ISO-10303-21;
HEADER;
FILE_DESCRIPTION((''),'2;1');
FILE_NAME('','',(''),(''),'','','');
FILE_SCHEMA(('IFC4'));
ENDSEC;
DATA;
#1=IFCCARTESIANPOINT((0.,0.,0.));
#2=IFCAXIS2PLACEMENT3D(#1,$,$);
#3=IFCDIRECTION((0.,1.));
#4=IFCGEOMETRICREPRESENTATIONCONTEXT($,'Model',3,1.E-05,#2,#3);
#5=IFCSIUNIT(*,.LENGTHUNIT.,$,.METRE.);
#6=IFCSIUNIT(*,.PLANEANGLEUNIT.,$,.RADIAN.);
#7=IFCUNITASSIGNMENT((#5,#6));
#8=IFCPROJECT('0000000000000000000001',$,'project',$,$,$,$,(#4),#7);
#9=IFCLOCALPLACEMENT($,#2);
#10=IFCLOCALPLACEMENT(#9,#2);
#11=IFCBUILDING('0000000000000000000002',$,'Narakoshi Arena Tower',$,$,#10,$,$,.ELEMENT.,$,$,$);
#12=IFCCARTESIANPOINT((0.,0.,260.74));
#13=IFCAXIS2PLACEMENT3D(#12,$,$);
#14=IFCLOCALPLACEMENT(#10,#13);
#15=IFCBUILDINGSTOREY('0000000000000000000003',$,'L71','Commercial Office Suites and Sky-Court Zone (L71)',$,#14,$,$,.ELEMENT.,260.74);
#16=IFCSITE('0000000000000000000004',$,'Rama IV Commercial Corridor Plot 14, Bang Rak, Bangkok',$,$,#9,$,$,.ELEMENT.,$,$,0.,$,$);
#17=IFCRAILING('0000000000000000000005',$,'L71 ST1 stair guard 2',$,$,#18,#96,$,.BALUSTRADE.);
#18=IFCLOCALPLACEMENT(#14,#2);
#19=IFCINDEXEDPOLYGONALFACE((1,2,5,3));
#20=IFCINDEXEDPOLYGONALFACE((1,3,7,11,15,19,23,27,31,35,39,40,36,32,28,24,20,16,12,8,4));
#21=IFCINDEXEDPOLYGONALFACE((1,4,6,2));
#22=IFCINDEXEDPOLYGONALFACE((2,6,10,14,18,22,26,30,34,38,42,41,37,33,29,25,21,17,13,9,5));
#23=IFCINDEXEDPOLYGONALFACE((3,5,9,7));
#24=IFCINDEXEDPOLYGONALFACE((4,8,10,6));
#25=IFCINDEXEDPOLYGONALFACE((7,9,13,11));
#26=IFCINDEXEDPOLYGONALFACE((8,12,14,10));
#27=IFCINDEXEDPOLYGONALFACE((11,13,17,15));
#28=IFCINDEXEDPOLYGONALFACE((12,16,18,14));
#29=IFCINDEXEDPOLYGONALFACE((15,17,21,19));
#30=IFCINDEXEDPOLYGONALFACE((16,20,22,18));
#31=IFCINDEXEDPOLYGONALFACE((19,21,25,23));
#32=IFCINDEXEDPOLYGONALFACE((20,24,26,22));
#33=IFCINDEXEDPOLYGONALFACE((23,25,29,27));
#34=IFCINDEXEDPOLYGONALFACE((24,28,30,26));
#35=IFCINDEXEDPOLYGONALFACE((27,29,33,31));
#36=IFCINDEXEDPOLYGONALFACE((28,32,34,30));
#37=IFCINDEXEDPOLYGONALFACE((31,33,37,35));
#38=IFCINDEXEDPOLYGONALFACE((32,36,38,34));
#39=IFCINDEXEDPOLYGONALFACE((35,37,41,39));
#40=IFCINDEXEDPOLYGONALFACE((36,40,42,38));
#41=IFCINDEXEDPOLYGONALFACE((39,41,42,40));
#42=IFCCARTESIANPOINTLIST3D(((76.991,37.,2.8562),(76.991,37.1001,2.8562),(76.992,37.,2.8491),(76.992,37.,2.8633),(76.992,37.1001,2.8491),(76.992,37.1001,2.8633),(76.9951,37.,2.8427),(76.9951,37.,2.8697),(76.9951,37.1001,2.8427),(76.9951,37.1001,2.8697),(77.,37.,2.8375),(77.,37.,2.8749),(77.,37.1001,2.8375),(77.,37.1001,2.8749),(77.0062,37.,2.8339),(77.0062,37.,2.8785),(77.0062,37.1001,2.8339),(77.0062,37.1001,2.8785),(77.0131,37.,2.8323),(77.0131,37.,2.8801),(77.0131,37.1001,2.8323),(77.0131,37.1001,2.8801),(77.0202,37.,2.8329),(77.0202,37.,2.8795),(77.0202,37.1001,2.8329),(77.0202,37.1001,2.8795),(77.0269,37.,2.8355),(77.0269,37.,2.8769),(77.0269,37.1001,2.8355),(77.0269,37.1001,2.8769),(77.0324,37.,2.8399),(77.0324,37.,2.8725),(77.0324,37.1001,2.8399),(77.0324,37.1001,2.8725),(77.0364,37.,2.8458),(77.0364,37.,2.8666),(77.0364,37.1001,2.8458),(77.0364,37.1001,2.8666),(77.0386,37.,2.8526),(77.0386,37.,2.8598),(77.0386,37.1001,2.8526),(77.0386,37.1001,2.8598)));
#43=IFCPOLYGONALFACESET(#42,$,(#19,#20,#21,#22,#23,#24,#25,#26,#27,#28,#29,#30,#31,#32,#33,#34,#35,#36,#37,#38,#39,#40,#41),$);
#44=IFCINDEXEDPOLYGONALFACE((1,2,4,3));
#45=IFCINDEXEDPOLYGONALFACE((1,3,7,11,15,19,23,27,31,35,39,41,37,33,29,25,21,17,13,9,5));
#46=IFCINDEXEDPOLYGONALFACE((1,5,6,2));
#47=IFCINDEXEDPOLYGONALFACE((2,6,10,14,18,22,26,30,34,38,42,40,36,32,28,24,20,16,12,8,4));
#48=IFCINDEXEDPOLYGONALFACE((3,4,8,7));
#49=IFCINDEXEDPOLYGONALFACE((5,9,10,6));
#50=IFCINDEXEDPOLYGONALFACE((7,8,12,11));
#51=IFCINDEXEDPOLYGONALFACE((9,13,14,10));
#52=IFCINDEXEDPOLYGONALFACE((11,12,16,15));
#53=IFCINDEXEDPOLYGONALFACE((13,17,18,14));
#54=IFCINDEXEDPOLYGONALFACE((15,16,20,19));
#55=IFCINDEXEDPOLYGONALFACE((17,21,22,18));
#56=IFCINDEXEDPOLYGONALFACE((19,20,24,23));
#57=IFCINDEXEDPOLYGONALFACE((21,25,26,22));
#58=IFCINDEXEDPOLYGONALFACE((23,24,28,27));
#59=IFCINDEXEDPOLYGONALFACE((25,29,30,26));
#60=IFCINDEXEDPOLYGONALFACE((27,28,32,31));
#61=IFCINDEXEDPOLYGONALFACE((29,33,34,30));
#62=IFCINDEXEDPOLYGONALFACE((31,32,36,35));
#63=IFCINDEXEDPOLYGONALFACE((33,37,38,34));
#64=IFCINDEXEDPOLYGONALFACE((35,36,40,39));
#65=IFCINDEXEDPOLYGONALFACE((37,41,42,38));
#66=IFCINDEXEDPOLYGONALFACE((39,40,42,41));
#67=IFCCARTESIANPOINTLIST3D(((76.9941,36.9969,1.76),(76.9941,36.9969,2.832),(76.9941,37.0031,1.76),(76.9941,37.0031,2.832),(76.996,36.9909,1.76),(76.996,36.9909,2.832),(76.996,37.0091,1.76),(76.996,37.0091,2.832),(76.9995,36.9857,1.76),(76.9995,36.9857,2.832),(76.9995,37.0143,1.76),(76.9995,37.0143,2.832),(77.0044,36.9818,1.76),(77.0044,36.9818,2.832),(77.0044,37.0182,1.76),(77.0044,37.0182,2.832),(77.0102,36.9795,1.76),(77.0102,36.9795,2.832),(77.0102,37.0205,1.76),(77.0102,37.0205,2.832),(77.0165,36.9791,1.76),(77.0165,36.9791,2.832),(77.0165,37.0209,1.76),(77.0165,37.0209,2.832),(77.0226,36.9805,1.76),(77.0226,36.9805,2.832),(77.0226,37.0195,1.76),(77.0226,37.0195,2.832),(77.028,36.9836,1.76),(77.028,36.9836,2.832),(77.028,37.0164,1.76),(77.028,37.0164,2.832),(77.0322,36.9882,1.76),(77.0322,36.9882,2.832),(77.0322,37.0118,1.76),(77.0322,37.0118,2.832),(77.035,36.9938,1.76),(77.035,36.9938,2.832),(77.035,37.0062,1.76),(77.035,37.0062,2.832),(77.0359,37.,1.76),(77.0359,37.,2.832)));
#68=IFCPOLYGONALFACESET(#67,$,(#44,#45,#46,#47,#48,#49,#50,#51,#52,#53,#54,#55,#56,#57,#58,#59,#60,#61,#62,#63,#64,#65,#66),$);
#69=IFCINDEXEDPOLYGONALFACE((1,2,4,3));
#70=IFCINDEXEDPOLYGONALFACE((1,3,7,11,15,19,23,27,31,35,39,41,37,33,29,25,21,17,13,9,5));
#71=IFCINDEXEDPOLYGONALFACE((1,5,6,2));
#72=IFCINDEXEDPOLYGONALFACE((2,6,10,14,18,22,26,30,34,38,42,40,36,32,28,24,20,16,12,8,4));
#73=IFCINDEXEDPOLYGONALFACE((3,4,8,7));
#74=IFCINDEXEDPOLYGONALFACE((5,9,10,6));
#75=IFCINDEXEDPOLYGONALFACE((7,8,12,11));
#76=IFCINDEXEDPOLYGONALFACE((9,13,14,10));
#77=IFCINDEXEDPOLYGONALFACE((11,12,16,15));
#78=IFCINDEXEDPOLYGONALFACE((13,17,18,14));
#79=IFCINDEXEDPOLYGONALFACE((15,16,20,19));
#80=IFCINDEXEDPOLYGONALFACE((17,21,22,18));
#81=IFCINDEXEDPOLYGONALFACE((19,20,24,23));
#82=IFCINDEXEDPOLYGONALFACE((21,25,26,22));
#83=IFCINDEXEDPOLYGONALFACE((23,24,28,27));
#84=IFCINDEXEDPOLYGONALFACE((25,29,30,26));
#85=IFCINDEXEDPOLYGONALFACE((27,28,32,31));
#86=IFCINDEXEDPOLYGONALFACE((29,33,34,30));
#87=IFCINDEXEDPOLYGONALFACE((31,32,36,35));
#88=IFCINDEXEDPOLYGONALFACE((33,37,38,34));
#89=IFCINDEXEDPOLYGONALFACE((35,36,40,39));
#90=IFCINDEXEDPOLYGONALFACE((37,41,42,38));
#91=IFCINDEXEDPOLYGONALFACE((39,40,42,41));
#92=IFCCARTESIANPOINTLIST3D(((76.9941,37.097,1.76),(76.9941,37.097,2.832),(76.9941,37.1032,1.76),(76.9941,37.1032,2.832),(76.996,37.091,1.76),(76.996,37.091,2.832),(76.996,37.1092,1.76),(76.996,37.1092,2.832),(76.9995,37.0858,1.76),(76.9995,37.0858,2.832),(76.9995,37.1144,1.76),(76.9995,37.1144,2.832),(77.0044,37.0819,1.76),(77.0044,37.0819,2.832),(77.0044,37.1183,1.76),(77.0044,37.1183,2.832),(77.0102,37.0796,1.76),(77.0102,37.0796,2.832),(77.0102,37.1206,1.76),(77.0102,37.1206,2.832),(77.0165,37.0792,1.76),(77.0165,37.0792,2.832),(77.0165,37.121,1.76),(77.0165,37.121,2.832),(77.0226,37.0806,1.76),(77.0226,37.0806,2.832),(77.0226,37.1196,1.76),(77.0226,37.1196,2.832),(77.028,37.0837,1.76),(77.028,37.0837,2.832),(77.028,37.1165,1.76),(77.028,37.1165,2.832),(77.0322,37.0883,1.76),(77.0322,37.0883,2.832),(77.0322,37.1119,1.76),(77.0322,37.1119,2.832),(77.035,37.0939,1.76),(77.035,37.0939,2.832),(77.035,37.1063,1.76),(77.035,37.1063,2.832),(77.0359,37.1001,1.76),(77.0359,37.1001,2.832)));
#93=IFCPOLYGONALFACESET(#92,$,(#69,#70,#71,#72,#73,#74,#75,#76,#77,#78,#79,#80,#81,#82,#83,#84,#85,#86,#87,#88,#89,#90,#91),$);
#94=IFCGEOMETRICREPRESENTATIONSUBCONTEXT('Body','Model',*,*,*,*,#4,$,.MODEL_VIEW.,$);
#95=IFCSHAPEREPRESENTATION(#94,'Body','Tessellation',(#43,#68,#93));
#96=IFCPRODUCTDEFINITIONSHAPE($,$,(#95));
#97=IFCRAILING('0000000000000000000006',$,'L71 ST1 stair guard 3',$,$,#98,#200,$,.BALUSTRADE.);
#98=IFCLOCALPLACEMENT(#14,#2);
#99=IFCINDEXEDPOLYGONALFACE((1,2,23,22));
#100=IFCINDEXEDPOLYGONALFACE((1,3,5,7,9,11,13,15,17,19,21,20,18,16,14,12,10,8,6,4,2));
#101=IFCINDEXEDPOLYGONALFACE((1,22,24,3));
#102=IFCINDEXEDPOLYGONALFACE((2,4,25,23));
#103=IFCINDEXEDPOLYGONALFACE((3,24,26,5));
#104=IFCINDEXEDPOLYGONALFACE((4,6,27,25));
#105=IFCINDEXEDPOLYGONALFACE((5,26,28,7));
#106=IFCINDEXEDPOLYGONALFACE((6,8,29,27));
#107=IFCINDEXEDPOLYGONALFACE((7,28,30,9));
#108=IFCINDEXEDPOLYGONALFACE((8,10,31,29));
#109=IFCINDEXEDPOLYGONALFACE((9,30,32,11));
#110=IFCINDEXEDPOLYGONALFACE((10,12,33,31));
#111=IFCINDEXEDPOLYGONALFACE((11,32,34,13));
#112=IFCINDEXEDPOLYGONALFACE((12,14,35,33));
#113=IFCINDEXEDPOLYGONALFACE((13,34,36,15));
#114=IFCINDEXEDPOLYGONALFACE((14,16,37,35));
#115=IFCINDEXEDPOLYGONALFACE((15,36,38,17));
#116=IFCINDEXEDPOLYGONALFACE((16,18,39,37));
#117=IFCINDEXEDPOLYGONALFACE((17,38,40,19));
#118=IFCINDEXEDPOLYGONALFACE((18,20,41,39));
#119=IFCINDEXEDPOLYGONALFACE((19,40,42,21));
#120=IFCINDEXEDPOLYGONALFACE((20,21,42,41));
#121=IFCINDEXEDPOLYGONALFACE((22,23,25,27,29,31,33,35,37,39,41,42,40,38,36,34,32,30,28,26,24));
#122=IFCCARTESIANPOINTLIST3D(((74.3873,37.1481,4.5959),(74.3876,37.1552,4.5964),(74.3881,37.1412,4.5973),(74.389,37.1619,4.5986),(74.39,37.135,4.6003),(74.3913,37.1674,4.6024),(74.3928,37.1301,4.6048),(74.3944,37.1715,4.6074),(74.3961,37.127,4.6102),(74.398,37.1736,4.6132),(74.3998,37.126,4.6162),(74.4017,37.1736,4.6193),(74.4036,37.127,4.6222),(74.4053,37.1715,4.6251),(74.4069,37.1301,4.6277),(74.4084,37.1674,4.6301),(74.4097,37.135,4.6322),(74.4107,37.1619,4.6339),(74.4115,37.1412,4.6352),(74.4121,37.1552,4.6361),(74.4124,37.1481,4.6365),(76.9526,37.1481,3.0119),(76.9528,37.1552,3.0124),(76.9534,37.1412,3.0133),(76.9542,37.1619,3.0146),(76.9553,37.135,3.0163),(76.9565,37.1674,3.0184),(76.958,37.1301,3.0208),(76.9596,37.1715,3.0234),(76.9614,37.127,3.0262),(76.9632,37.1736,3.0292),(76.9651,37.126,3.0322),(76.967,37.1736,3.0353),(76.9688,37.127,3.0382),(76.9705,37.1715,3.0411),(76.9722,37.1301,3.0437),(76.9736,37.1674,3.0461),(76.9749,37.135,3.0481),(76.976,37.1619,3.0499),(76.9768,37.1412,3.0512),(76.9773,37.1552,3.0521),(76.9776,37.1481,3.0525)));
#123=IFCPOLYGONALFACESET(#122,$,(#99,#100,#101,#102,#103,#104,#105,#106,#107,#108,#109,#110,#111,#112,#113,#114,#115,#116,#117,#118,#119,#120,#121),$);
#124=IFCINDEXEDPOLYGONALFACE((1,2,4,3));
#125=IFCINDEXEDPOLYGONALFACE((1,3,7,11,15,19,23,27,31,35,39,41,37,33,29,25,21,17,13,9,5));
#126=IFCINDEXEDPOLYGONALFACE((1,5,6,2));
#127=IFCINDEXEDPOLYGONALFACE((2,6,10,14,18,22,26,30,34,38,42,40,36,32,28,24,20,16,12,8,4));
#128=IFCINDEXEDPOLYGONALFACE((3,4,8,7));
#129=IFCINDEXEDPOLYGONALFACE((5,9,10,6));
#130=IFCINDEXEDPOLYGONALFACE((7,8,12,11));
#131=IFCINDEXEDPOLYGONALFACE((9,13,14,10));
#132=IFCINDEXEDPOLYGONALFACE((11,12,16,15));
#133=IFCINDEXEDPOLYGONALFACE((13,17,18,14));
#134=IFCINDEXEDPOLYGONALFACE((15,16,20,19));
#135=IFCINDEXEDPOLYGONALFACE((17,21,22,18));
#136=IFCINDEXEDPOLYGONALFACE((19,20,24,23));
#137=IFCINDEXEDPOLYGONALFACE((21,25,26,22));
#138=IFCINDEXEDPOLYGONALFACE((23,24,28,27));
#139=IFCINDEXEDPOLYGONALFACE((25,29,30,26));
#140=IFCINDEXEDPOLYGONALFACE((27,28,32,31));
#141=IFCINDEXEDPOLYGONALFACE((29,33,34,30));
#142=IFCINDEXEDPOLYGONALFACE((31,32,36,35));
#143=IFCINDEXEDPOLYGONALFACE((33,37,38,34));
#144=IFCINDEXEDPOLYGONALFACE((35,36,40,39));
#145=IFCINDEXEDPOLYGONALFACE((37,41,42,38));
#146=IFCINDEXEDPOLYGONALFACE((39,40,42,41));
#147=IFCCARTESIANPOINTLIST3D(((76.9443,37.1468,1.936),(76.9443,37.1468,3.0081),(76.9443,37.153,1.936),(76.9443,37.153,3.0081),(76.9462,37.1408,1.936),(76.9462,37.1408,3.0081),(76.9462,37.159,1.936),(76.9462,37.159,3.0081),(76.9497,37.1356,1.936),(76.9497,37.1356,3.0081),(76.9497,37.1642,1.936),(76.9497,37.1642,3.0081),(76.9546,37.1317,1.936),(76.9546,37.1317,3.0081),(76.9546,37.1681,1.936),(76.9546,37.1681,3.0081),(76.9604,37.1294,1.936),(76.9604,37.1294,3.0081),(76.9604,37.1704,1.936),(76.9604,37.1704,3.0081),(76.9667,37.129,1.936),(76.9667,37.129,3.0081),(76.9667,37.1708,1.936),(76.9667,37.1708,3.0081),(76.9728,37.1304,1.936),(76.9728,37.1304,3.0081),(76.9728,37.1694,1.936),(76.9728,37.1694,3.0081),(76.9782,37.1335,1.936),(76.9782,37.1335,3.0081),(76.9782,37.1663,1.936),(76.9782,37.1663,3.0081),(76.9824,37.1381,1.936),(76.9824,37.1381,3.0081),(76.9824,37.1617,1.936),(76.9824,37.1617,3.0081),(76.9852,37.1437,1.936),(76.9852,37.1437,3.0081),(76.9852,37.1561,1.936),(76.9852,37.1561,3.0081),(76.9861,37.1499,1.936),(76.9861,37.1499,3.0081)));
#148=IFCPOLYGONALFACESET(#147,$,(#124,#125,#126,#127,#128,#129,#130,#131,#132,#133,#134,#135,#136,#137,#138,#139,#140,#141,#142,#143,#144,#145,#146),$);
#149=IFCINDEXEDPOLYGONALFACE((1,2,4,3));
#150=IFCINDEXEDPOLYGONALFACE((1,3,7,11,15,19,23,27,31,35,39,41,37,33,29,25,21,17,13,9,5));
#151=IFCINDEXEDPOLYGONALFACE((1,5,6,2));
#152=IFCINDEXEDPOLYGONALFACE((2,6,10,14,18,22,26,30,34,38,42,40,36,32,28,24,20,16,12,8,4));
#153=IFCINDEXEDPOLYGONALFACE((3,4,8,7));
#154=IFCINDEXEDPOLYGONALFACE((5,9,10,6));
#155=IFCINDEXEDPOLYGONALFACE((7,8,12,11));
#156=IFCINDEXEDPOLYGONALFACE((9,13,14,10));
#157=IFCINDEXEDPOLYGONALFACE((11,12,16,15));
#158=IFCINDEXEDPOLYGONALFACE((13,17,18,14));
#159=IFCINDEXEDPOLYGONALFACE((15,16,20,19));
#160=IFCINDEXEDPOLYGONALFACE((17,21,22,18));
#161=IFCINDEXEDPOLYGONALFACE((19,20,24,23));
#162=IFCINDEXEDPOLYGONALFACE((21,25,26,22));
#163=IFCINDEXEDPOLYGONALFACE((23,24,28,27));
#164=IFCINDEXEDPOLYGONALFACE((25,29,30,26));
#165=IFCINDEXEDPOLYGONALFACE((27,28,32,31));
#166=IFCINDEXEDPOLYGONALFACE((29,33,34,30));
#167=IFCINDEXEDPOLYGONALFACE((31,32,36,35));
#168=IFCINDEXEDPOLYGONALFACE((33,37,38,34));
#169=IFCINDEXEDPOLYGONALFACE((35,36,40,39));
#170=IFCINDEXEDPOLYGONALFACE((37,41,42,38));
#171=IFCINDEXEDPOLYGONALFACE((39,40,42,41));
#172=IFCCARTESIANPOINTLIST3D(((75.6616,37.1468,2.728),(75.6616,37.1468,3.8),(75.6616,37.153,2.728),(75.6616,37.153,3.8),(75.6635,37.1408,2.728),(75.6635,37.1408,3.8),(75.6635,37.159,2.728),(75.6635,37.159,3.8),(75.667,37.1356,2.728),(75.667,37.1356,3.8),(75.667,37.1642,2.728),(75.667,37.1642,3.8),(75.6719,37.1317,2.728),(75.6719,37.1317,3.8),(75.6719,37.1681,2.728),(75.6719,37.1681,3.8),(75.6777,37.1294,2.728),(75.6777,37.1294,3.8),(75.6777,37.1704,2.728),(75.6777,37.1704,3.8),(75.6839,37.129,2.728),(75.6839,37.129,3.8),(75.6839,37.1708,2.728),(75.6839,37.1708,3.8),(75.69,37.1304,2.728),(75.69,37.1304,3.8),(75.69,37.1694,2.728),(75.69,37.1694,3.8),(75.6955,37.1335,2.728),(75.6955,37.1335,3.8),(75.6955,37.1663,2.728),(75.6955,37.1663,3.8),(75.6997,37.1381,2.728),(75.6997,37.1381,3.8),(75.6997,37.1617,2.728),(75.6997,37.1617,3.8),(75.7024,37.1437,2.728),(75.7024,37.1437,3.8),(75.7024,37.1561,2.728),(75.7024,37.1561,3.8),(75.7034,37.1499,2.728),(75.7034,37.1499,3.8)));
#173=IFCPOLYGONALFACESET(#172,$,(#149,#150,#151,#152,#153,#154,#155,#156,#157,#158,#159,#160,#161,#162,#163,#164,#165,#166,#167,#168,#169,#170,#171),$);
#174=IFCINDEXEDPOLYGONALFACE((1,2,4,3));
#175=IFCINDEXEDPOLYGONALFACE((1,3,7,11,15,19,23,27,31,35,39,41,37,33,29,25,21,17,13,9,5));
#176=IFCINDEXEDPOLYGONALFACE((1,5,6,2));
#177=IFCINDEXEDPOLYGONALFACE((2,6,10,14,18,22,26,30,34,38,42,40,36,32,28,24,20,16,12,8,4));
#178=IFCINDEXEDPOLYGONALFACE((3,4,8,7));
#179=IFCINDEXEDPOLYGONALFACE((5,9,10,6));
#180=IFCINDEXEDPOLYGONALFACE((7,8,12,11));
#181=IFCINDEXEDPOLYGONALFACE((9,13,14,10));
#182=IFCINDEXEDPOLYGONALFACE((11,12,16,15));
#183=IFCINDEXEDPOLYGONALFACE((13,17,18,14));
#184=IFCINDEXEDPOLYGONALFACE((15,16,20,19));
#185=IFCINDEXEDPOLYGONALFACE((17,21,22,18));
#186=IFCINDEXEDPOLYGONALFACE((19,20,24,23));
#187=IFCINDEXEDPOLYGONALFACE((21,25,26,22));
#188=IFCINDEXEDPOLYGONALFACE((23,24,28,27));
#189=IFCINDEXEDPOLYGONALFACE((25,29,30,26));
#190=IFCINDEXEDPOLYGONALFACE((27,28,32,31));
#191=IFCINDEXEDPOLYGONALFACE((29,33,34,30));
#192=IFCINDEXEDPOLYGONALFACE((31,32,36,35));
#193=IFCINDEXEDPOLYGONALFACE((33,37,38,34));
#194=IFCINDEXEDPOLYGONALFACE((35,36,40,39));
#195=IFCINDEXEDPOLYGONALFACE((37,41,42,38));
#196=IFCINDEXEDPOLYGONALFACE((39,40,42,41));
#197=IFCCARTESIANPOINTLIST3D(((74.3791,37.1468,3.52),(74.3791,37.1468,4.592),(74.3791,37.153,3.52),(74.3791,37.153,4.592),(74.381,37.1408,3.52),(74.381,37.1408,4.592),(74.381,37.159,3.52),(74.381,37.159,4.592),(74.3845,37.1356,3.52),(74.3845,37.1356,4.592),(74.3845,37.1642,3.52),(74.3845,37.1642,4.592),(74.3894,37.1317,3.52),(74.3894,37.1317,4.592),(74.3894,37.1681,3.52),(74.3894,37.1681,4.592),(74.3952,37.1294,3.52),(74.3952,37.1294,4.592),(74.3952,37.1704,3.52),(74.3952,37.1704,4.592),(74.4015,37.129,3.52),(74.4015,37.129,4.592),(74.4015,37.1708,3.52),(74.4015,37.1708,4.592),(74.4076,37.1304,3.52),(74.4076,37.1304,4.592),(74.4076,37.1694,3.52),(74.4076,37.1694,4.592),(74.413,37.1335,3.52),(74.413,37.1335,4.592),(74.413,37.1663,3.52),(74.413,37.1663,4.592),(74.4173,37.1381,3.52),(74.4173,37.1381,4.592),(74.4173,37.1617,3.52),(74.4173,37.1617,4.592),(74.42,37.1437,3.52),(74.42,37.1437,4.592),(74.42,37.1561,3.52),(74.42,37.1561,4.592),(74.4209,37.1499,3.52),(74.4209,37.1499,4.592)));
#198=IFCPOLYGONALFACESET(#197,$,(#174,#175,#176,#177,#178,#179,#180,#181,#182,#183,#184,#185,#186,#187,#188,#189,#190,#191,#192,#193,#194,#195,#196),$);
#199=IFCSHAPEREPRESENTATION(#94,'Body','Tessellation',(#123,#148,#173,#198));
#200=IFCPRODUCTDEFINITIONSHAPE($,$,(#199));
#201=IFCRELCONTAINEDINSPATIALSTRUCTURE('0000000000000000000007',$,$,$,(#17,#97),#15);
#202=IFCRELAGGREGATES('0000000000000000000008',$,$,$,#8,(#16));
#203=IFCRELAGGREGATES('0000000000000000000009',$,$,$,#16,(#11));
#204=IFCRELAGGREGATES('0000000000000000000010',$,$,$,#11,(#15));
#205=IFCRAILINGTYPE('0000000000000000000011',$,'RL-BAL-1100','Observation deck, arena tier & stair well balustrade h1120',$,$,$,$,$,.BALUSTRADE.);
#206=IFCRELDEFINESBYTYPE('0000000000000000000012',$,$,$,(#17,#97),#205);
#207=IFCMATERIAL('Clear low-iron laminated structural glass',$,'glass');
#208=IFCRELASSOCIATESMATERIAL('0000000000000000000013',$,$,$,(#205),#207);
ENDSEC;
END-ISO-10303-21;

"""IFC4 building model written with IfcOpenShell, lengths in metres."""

from ifc_helpers import new_model, si_unit, direction, frame, origin, origin_2d, place, context, subcontext, project, spatial, circle, extrude, material, type_object, element, save


model = new_model("IFC4")

# Units and contexts
model_context = context("Model", 3, precision=1e-05, world=origin(), true_north=direction((0.0, 1.0)))
body_context = subcontext(model_context, "Body", "Model", "MODEL_VIEW")
ifc_project = project(units=[si_unit("LENGTHUNIT", "METRE"), si_unit("PLANEANGLEUNIT", "RADIAN")], contexts=[model_context])

# Site, building, storey
site_placement = place(None, origin())
site = spatial("IfcSite", under=ifc_project, at=site_placement, Name="Rama IV Commercial Corridor Plot 14, Bang Rak, Bangkok", CompositionType="ELEMENT", RefElevation=0.0)
building_placement = place(site_placement, origin())
building = spatial("IfcBuilding", under=site, at=building_placement, Name="Narakoshi Arena Tower", CompositionType="ELEMENT")
storey_placement = place(building_placement, frame((0.0, 0.0, 260.74)))
storey = spatial("IfcBuildingStorey", under=building, at=storey_placement, Name="L71", Description="Commercial Office Suites and Sky-Court Zone (L71)", CompositionType="ELEMENT", Elevation=260.74)

# Railings
ifc_material_1 = material(Name="Clear low-iron laminated structural glass", Category="glass")
railing_type_1 = type_object("IfcRailingType", Name="RL-BAL-1100", Description="Observation deck, arena tier & stair well balustrade h1120", PredefinedType="BALUSTRADE", material=ifc_material_1)
railing_1_placement = place(storey_placement, frame((77.0149, 37.0, 1.76)))
element("IfcRailing", 1, at=railing_1_placement, inside=storey, type_object=railing_type_1, Name="L71 ST1 stair guard 2", PredefinedType="BALUSTRADE", context=body_context, shape_type="SweptSolid", body=[
    extrude(circle(Radius=0.0239, at=origin_2d()), frame((0.0, 0.0, 1.0962), z_axis=(0.0, 1.0, 0.0), x_axis=(-1.0, 0.0, 0.0)), (0.0, 0.0, 1.0), 0.1001),
    extrude(circle(Radius=0.021, at=origin_2d()), origin(), (0.0, 0.0, 1.0), 1.072),
    extrude(circle(Radius=0.021, at=origin_2d()), frame((0.0, 0.1001, 0.0)), (0.0, 0.0, 1.0), 1.072),
])
railing_2_placement = place(storey_placement, frame((76.9651, 37.1499, 1.936)))
element("IfcRailing", 2, at=railing_2_placement, inside=storey, type_object=railing_type_1, Name="L71 ST1 stair guard 3", PredefinedType="BALUSTRADE", context=body_context, shape_type="SweptSolid", body=[
    extrude(circle(Radius=0.0239, at=origin_2d()), frame((0.0, 0.0, 1.0962), z_axis=(-0.850857, 0.0, 0.525398), x_axis=(0.0, -1.0, 0.0)), (0.0, 0.0, 1.0), 3.0149),
    extrude(circle(Radius=0.021, at=origin_2d()), origin(), (0.0, 0.0, 1.0), 1.072),
    extrude(circle(Radius=0.021, at=origin_2d()), frame((-1.2827, 0.0, 0.792)), (0.0, 0.0, 1.0), 1.072),
    extrude(circle(Radius=0.021, at=origin_2d()), frame((-2.5652, 0.0, 1.584)), (0.0, 0.0, 1.0), 1.072),
])

save(model, "model.ifc")
